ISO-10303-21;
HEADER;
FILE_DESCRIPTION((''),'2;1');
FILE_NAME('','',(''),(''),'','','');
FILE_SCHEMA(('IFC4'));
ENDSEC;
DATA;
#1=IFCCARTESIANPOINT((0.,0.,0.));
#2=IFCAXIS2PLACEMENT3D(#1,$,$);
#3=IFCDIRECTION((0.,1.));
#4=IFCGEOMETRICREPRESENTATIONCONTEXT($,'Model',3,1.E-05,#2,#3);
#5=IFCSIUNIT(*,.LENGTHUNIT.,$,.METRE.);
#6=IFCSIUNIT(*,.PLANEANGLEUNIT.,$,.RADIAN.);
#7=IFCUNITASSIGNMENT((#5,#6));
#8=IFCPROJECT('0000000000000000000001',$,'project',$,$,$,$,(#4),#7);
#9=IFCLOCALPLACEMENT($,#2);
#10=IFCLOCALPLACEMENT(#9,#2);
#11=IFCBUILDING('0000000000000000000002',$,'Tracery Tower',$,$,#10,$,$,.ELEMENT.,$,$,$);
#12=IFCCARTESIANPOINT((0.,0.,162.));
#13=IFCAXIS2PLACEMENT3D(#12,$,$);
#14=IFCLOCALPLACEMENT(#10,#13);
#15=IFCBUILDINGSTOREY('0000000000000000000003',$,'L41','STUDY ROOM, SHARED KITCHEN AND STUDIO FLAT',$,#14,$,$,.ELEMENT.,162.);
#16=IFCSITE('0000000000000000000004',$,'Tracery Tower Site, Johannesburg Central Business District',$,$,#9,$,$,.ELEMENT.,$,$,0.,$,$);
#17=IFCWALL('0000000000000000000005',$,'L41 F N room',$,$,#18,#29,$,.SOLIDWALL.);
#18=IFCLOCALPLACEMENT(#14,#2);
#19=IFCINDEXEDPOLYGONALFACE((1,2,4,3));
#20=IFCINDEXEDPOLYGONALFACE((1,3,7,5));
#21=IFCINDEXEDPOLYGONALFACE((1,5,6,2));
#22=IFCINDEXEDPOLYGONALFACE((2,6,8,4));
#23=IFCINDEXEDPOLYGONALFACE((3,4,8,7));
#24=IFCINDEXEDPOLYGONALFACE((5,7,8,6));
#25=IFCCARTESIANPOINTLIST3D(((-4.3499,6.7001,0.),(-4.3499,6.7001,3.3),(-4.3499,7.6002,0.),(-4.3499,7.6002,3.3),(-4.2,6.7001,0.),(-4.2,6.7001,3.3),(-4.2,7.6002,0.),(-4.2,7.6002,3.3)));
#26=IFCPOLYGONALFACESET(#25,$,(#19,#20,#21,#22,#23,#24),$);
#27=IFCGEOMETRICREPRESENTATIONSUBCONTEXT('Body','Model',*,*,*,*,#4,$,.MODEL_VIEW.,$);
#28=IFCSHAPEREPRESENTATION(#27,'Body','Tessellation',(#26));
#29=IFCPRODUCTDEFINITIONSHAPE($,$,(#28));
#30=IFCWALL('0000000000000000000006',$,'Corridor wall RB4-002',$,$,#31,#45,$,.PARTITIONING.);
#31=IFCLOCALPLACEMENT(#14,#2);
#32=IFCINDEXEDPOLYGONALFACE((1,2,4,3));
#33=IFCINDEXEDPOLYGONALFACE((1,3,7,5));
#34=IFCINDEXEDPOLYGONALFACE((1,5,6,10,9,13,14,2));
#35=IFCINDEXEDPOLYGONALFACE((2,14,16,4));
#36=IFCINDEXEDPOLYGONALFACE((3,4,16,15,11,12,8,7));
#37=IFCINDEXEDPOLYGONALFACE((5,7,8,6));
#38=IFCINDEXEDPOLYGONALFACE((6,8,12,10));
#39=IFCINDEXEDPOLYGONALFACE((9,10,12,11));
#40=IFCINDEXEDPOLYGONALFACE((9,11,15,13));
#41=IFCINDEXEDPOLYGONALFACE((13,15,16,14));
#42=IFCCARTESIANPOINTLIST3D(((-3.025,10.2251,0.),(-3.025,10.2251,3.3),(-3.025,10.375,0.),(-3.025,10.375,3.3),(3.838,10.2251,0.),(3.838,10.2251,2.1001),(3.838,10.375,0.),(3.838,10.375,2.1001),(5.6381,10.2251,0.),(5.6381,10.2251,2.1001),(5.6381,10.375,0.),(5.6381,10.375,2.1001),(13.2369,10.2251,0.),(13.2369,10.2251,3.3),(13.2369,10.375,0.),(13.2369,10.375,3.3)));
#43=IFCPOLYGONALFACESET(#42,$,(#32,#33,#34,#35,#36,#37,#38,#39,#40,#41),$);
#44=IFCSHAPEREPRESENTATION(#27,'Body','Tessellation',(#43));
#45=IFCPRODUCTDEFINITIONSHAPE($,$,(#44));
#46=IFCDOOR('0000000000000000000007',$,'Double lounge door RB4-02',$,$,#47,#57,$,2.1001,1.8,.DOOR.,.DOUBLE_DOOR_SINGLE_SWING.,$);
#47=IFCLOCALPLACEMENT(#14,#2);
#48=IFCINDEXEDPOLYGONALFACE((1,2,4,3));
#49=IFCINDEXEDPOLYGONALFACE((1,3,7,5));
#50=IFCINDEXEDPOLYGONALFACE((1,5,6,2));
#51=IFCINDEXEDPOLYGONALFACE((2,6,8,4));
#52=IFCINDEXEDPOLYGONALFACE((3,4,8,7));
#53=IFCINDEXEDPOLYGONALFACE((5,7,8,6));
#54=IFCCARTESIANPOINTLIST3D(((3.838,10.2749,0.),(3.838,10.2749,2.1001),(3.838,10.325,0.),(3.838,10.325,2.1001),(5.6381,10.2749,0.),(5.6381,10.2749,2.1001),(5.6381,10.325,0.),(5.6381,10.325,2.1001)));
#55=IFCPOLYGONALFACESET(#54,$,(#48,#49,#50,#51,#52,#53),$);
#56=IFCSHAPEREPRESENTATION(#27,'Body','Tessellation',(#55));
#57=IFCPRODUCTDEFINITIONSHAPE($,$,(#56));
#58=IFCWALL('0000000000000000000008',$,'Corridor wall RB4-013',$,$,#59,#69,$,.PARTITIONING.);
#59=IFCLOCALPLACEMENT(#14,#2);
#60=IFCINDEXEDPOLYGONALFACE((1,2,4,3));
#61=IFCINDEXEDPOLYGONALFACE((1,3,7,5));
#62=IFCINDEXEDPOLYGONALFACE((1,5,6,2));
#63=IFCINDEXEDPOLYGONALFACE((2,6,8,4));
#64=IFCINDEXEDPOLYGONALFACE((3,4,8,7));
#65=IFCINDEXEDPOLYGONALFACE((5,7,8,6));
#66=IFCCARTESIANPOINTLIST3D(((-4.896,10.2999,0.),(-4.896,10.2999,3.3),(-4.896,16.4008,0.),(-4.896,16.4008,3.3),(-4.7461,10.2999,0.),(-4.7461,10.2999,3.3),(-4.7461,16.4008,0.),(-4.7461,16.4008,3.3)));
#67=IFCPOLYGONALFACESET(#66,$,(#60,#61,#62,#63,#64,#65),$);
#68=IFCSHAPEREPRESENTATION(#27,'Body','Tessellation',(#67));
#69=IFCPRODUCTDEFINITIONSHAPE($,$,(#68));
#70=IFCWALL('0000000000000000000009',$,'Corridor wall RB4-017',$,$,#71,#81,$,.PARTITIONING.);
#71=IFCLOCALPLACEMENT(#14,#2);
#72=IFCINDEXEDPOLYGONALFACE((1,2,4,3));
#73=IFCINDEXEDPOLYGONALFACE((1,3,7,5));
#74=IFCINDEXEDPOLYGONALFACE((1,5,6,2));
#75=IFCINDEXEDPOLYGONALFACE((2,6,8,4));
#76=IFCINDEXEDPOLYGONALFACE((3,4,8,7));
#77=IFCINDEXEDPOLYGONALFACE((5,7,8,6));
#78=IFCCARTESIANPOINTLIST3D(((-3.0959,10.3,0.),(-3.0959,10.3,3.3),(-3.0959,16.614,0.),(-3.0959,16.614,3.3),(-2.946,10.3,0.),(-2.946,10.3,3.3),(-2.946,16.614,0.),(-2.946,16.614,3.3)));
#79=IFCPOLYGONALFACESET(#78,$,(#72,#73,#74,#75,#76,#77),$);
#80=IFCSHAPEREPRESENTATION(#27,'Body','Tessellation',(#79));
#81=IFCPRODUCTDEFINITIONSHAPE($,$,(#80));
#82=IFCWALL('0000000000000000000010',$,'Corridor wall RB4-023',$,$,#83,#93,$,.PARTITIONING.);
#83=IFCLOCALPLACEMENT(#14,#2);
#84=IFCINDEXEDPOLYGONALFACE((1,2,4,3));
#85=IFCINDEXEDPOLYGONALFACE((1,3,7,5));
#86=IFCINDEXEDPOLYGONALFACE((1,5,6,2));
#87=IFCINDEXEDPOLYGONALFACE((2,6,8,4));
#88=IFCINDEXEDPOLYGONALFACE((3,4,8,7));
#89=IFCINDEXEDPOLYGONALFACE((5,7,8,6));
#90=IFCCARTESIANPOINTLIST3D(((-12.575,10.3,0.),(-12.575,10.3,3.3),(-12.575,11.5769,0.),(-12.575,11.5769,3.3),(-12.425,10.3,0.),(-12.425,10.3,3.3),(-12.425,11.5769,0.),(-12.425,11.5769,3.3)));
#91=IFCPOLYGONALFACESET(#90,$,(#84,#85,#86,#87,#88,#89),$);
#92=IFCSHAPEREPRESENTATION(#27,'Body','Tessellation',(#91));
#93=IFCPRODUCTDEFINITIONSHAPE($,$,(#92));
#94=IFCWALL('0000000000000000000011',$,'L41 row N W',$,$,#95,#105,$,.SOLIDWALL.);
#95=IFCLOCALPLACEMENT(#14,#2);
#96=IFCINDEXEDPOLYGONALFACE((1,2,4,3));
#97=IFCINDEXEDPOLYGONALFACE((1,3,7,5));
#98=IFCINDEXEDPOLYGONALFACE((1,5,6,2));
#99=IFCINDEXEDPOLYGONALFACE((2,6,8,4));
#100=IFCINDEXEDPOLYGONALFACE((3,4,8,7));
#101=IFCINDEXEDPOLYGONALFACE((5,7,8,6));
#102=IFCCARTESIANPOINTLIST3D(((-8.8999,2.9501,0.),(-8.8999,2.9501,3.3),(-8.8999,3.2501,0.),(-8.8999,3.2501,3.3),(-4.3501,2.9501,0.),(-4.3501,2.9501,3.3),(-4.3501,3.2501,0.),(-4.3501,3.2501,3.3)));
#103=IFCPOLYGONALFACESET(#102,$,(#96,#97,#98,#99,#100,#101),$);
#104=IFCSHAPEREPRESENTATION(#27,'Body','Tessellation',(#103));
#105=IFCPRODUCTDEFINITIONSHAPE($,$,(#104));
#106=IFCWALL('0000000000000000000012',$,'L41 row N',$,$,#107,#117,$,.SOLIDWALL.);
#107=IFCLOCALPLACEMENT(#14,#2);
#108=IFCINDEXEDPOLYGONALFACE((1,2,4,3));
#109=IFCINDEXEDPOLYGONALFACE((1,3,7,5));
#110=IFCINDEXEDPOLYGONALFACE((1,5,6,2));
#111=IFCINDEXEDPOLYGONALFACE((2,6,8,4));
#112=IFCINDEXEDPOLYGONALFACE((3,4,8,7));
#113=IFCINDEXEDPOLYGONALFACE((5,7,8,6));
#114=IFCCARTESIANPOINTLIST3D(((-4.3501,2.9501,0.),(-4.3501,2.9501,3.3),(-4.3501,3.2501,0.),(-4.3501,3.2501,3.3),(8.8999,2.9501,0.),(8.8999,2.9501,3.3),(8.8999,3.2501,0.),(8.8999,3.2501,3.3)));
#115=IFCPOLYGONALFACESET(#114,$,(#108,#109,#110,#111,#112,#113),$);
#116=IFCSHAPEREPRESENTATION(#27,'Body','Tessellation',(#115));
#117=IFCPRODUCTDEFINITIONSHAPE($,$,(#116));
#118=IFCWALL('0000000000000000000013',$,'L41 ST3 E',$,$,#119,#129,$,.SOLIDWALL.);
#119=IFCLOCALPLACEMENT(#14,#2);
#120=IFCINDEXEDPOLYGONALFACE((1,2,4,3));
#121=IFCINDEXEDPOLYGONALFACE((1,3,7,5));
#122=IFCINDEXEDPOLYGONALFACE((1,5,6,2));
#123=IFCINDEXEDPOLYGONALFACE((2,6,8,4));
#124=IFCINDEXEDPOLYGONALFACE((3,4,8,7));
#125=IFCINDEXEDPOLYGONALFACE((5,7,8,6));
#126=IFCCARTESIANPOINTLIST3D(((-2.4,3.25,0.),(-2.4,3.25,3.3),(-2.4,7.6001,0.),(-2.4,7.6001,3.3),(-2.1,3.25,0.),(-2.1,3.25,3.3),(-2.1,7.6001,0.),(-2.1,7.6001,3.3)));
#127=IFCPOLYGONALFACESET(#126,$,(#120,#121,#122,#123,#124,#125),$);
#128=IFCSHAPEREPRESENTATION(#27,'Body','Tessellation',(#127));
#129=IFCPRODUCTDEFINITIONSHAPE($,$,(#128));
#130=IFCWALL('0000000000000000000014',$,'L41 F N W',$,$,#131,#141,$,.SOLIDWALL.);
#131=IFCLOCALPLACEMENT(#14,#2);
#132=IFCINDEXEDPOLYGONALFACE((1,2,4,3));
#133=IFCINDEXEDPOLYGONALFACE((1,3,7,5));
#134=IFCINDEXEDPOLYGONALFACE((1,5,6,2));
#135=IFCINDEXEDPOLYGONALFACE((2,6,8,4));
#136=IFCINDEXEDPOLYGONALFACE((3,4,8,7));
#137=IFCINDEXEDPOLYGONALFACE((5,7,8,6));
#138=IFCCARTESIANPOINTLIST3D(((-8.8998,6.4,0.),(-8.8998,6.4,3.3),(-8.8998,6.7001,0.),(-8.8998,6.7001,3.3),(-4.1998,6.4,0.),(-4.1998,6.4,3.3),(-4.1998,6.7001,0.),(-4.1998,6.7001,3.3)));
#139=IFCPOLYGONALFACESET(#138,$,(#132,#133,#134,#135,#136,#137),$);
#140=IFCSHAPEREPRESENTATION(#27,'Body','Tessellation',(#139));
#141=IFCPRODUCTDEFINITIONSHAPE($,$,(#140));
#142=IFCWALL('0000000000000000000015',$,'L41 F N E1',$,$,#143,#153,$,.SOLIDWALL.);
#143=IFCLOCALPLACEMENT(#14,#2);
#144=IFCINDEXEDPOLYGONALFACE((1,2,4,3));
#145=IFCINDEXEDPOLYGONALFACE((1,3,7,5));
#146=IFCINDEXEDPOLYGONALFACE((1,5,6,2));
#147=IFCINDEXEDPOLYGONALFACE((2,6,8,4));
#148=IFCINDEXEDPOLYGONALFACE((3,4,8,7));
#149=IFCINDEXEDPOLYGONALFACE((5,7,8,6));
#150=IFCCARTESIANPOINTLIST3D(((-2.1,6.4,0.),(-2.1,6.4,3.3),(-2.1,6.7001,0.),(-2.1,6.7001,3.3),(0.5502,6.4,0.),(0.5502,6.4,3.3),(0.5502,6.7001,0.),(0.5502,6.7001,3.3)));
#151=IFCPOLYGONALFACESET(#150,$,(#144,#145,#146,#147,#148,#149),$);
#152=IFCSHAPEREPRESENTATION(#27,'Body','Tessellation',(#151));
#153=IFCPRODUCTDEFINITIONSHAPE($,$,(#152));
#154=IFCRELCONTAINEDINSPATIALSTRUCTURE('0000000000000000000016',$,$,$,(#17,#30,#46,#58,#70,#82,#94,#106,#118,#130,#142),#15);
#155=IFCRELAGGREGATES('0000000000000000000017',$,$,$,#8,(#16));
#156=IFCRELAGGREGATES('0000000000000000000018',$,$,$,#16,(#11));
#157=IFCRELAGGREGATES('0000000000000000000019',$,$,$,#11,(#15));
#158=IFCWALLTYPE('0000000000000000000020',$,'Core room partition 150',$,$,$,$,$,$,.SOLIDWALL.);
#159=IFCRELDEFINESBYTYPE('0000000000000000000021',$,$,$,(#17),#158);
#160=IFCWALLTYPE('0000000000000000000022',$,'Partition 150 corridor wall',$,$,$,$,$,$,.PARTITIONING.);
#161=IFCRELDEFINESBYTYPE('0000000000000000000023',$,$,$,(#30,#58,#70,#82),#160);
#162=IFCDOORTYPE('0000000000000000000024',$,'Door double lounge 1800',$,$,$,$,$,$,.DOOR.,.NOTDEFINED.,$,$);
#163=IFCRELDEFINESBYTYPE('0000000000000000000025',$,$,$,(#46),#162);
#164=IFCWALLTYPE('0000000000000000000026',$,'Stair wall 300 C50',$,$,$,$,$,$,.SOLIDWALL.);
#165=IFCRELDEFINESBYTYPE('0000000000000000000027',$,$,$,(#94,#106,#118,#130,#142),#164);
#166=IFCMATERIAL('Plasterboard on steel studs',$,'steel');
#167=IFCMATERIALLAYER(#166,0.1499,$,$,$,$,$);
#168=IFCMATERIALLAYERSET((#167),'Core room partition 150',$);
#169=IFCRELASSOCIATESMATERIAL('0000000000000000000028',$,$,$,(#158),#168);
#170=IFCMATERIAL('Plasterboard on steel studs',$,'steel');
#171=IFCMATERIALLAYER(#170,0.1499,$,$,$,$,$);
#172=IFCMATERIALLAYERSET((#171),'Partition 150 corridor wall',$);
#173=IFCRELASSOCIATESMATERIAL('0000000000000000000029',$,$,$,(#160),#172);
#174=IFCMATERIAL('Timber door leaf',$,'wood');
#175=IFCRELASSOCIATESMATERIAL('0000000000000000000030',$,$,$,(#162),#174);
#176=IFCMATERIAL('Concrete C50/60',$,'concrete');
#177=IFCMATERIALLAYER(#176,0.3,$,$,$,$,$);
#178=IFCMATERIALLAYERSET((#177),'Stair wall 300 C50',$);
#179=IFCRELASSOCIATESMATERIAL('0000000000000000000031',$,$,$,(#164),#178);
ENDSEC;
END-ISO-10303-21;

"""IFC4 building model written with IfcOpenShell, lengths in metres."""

from ifc_helpers import new_model, si_unit, direction, frame, frame_2d, origin, place, context, subcontext, project, spatial, rectangle, extrude, material, layer, layer_set, type_object, element, fill, save


model = new_model("IFC4")

# Units and contexts
model_context = context("Model", 3, precision=1e-05, world=origin(), true_north=direction((0.0, 1.0)))
body_context = subcontext(model_context, "Body", "Model", "MODEL_VIEW")
ifc_project = project(units=[si_unit("LENGTHUNIT", "METRE"), si_unit("PLANEANGLEUNIT", "RADIAN")], contexts=[model_context])

# Site, building, storey
site_placement = place(None, origin())
site = spatial("IfcSite", under=ifc_project, at=site_placement, Name="Tracery Tower Site, Johannesburg Central Business District", CompositionType="ELEMENT", RefElevation=0.0)
building_placement = place(site_placement, origin())
building = spatial("IfcBuilding", under=site, at=building_placement, Name="Tracery Tower", CompositionType="ELEMENT")
storey_placement = place(building_placement, frame((0.0, 0.0, 162.0)))
storey = spatial("IfcBuildingStorey", under=building, at=storey_placement, Name="L41", Description="STUDY ROOM, SHARED KITCHEN AND STUDIO FLAT", CompositionType="ELEMENT", Elevation=162.0)

# Wall
ifc_material_1 = material(Name="Plasterboard on steel studs", Category="steel")
ifc_layer_1 = layer(ifc_material_1, 0.1499)
ifc_layer_set_1 = layer_set([ifc_layer_1], Name="Core room partition 150")
wall_type_1 = type_object("IfcWallType", Name="Core room partition 150", PredefinedType="SOLIDWALL", material=ifc_layer_set_1)
wall_1_placement = place(storey_placement, frame((-4.2749, 6.7, 0.0), z_axis=(0.0, 0.0, 1.0), x_axis=(0.0, 1.0, 0.0)))
element("IfcWall", 1, at=wall_1_placement, inside=storey, type_object=wall_type_1, Name="L41 F N room", PredefinedType="SOLIDWALL", context=body_context, shape_type="SweptSolid", body=[
    extrude(rectangle(XDim=0.9001, YDim=0.1499, at=frame_2d((0.4502, 0.0))), origin(), (0.0, 0.0, 1.0), 3.3),
])

# Wall, opening, door
ifc_material_2 = material(Name="Plasterboard on steel studs", Category="steel")
ifc_layer_2 = layer(ifc_material_2, 0.1499)
ifc_layer_set_2 = layer_set([ifc_layer_2], Name="Partition 150 corridor wall")
wall_type_2 = type_object("IfcWallType", Name="Partition 150 corridor wall", PredefinedType="PARTITIONING", material=ifc_layer_set_2)
wall_2_placement = place(storey_placement, frame((-3.0249, 10.3, 0.0), z_axis=(0.0, 0.0, 1.0), x_axis=(1.0, 0.0, 0.0)))
wall_2 = element("IfcWall", 2, at=wall_2_placement, inside=storey, type_object=wall_type_2, Name="Corridor wall RB4-002", PredefinedType="PARTITIONING", context=body_context, shape_type="SweptSolid", body=[
    extrude(rectangle(XDim=16.262, YDim=0.1499, at=frame_2d((8.1309, 0.0))), origin(), (0.0, 0.0, 1.0), 3.3),
])
opening_1_placement = place(wall_2_placement, frame((6.863, 0.0, 0.0)))
opening_1 = element("IfcOpeningElement", 3, at=opening_1_placement, cuts=wall_2, PredefinedType="OPENING", context=body_context, shape_type="SweptSolid", body=[
    extrude(rectangle(XDim=1.8, YDim=2.1001, at=frame_2d((0.8999, 1.05))), frame((0.0, 0.075, 0.0), z_axis=(0.0, -1.0, 0.0), x_axis=(1.0, 0.0, 0.0)), (0.0, 0.0, 1.0), 0.1499),
])
ifc_material_3 = material(Name="Timber door leaf", Category="wood")
door_type_1 = type_object("IfcDoorType", Name="Door double lounge 1800", OperationType="NOTDEFINED", PredefinedType="DOOR", material=ifc_material_3)
door_1_placement = place(opening_1_placement, origin())
door_1 = element("IfcDoor", 4, at=door_1_placement, inside=storey, type_object=door_type_1, Name="Double lounge door RB4-02", OperationType="DOUBLE_DOOR_SINGLE_SWING", OverallHeight=2.1001, OverallWidth=1.8, PredefinedType="DOOR", context=body_context, shape_type="SweptSolid", body=[
    extrude(rectangle(XDim=1.8, YDim=2.1001, at=frame_2d((0.8999, 1.05))), frame((0.0, 0.0249, 0.0), z_axis=(0.0, -1.0, 0.0), x_axis=(1.0, 0.0, 0.0)), (0.0, 0.0, 1.0), 0.05),
])
fill(opening_1, door_1)

# Walls
wall_3_placement = place(storey_placement, frame((-4.821, 10.3, 0.0), z_axis=(0.0, 0.0, 1.0), x_axis=(0.0, 1.0, 0.0)))
element("IfcWall", 5, at=wall_3_placement, inside=storey, type_object=wall_type_2, Name="Corridor wall RB4-013", PredefinedType="PARTITIONING", context=body_context, shape_type="SweptSolid", body=[
    extrude(rectangle(XDim=6.1008, YDim=0.1499, at=frame_2d((3.0503, 0.0))), origin(), (0.0, 0.0, 1.0), 3.3),
])
wall_4_placement = place(storey_placement, frame((-3.021, 10.3, 0.0), z_axis=(0.0, 0.0, 1.0), x_axis=(0.0, 1.0, 0.0)))
element("IfcWall", 6, at=wall_4_placement, inside=storey, type_object=wall_type_2, Name="Corridor wall RB4-017", PredefinedType="PARTITIONING", context=body_context, shape_type="SweptSolid", body=[
    extrude(rectangle(XDim=6.314, YDim=0.1499, at=frame_2d((3.157, 0.0))), origin(), (0.0, 0.0, 1.0), 3.3),
])
wall_5_placement = place(storey_placement, frame((-12.5, 10.3, 0.0), z_axis=(0.0, 0.0, 1.0), x_axis=(0.0, 1.0, 0.0)))
element("IfcWall", 7, at=wall_5_placement, inside=storey, type_object=wall_type_2, Name="Corridor wall RB4-023", PredefinedType="PARTITIONING", context=body_context, shape_type="SweptSolid", body=[
    extrude(rectangle(XDim=1.2769, YDim=0.1499, at=frame_2d((0.6384, 0.0))), origin(), (0.0, 0.0, 1.0), 3.3),
])

# Walls
ifc_material_4 = material(Name="Concrete C50/60", Category="concrete")
ifc_layer_3 = layer(ifc_material_4, 0.3)
ifc_layer_set_3 = layer_set([ifc_layer_3], Name="Stair wall 300 C50")
wall_type_3 = type_object("IfcWallType", Name="Stair wall 300 C50", PredefinedType="SOLIDWALL", material=ifc_layer_set_3)
wall_6_placement = place(storey_placement, frame((-8.8999, 3.1001, 0.0), z_axis=(0.0, 0.0, 1.0), x_axis=(1.0, 0.0, 0.0)))
element("IfcWall", 8, at=wall_6_placement, inside=storey, type_object=wall_type_3, Name="L41 row N W", PredefinedType="SOLIDWALL", context=body_context, shape_type="SweptSolid", body=[
    extrude(rectangle(XDim=4.5498, YDim=0.3, at=frame_2d((2.2749, 0.0))), origin(), (0.0, 0.0, 1.0), 3.3),
])
wall_7_placement = place(storey_placement, frame((-4.3501, 3.1001, 0.0), z_axis=(0.0, 0.0, 1.0), x_axis=(1.0, 0.0, 0.0)))
element("IfcWall", 9, at=wall_7_placement, inside=storey, type_object=wall_type_3, Name="L41 row N", PredefinedType="SOLIDWALL", context=body_context, shape_type="SweptSolid", body=[
    extrude(rectangle(XDim=13.25, YDim=0.3, at=frame_2d((6.625, 0.0))), origin(), (0.0, 0.0, 1.0), 3.3),
])
wall_8_placement = place(storey_placement, frame((-2.25, 3.25, 0.0), z_axis=(0.0, 0.0, 1.0), x_axis=(0.0, 1.0, 0.0)))
element("IfcWall", 10, at=wall_8_placement, inside=storey, type_object=wall_type_3, Name="L41 ST3 E", PredefinedType="SOLIDWALL", context=body_context, shape_type="SweptSolid", body=[
    extrude(rectangle(XDim=4.3501, YDim=0.3, at=frame_2d((2.175, 0.0))), origin(), (0.0, 0.0, 1.0), 3.3),
])
wall_9_placement = place(storey_placement, frame((-8.8999, 6.55, 0.0), z_axis=(0.0, 0.0, 1.0), x_axis=(1.0, 0.0, 0.0)))
element("IfcWall", 11, at=wall_9_placement, inside=storey, type_object=wall_type_3, Name="L41 F N W", PredefinedType="SOLIDWALL", context=body_context, shape_type="SweptSolid", body=[
    extrude(rectangle(XDim=4.7, YDim=0.3, at=frame_2d((2.3501, 0.0))), origin(), (0.0, 0.0, 1.0), 3.3),
])

# Wall
wall_10_placement = place(storey_placement, frame((-2.1001, 6.55, 0.0), z_axis=(0.0, 0.0, 1.0), x_axis=(1.0, 0.0, 0.0)))
element("IfcWall", 12, at=wall_10_placement, inside=storey, type_object=wall_type_3, Name="L41 F N E1", PredefinedType="SOLIDWALL", context=body_context, shape_type="SweptSolid", body=[
    extrude(rectangle(XDim=2.6501, YDim=0.3, at=frame_2d((1.3252, 0.0))), origin(), (0.0, 0.0, 1.0), 3.3),
])

save(model, "model.ifc")
